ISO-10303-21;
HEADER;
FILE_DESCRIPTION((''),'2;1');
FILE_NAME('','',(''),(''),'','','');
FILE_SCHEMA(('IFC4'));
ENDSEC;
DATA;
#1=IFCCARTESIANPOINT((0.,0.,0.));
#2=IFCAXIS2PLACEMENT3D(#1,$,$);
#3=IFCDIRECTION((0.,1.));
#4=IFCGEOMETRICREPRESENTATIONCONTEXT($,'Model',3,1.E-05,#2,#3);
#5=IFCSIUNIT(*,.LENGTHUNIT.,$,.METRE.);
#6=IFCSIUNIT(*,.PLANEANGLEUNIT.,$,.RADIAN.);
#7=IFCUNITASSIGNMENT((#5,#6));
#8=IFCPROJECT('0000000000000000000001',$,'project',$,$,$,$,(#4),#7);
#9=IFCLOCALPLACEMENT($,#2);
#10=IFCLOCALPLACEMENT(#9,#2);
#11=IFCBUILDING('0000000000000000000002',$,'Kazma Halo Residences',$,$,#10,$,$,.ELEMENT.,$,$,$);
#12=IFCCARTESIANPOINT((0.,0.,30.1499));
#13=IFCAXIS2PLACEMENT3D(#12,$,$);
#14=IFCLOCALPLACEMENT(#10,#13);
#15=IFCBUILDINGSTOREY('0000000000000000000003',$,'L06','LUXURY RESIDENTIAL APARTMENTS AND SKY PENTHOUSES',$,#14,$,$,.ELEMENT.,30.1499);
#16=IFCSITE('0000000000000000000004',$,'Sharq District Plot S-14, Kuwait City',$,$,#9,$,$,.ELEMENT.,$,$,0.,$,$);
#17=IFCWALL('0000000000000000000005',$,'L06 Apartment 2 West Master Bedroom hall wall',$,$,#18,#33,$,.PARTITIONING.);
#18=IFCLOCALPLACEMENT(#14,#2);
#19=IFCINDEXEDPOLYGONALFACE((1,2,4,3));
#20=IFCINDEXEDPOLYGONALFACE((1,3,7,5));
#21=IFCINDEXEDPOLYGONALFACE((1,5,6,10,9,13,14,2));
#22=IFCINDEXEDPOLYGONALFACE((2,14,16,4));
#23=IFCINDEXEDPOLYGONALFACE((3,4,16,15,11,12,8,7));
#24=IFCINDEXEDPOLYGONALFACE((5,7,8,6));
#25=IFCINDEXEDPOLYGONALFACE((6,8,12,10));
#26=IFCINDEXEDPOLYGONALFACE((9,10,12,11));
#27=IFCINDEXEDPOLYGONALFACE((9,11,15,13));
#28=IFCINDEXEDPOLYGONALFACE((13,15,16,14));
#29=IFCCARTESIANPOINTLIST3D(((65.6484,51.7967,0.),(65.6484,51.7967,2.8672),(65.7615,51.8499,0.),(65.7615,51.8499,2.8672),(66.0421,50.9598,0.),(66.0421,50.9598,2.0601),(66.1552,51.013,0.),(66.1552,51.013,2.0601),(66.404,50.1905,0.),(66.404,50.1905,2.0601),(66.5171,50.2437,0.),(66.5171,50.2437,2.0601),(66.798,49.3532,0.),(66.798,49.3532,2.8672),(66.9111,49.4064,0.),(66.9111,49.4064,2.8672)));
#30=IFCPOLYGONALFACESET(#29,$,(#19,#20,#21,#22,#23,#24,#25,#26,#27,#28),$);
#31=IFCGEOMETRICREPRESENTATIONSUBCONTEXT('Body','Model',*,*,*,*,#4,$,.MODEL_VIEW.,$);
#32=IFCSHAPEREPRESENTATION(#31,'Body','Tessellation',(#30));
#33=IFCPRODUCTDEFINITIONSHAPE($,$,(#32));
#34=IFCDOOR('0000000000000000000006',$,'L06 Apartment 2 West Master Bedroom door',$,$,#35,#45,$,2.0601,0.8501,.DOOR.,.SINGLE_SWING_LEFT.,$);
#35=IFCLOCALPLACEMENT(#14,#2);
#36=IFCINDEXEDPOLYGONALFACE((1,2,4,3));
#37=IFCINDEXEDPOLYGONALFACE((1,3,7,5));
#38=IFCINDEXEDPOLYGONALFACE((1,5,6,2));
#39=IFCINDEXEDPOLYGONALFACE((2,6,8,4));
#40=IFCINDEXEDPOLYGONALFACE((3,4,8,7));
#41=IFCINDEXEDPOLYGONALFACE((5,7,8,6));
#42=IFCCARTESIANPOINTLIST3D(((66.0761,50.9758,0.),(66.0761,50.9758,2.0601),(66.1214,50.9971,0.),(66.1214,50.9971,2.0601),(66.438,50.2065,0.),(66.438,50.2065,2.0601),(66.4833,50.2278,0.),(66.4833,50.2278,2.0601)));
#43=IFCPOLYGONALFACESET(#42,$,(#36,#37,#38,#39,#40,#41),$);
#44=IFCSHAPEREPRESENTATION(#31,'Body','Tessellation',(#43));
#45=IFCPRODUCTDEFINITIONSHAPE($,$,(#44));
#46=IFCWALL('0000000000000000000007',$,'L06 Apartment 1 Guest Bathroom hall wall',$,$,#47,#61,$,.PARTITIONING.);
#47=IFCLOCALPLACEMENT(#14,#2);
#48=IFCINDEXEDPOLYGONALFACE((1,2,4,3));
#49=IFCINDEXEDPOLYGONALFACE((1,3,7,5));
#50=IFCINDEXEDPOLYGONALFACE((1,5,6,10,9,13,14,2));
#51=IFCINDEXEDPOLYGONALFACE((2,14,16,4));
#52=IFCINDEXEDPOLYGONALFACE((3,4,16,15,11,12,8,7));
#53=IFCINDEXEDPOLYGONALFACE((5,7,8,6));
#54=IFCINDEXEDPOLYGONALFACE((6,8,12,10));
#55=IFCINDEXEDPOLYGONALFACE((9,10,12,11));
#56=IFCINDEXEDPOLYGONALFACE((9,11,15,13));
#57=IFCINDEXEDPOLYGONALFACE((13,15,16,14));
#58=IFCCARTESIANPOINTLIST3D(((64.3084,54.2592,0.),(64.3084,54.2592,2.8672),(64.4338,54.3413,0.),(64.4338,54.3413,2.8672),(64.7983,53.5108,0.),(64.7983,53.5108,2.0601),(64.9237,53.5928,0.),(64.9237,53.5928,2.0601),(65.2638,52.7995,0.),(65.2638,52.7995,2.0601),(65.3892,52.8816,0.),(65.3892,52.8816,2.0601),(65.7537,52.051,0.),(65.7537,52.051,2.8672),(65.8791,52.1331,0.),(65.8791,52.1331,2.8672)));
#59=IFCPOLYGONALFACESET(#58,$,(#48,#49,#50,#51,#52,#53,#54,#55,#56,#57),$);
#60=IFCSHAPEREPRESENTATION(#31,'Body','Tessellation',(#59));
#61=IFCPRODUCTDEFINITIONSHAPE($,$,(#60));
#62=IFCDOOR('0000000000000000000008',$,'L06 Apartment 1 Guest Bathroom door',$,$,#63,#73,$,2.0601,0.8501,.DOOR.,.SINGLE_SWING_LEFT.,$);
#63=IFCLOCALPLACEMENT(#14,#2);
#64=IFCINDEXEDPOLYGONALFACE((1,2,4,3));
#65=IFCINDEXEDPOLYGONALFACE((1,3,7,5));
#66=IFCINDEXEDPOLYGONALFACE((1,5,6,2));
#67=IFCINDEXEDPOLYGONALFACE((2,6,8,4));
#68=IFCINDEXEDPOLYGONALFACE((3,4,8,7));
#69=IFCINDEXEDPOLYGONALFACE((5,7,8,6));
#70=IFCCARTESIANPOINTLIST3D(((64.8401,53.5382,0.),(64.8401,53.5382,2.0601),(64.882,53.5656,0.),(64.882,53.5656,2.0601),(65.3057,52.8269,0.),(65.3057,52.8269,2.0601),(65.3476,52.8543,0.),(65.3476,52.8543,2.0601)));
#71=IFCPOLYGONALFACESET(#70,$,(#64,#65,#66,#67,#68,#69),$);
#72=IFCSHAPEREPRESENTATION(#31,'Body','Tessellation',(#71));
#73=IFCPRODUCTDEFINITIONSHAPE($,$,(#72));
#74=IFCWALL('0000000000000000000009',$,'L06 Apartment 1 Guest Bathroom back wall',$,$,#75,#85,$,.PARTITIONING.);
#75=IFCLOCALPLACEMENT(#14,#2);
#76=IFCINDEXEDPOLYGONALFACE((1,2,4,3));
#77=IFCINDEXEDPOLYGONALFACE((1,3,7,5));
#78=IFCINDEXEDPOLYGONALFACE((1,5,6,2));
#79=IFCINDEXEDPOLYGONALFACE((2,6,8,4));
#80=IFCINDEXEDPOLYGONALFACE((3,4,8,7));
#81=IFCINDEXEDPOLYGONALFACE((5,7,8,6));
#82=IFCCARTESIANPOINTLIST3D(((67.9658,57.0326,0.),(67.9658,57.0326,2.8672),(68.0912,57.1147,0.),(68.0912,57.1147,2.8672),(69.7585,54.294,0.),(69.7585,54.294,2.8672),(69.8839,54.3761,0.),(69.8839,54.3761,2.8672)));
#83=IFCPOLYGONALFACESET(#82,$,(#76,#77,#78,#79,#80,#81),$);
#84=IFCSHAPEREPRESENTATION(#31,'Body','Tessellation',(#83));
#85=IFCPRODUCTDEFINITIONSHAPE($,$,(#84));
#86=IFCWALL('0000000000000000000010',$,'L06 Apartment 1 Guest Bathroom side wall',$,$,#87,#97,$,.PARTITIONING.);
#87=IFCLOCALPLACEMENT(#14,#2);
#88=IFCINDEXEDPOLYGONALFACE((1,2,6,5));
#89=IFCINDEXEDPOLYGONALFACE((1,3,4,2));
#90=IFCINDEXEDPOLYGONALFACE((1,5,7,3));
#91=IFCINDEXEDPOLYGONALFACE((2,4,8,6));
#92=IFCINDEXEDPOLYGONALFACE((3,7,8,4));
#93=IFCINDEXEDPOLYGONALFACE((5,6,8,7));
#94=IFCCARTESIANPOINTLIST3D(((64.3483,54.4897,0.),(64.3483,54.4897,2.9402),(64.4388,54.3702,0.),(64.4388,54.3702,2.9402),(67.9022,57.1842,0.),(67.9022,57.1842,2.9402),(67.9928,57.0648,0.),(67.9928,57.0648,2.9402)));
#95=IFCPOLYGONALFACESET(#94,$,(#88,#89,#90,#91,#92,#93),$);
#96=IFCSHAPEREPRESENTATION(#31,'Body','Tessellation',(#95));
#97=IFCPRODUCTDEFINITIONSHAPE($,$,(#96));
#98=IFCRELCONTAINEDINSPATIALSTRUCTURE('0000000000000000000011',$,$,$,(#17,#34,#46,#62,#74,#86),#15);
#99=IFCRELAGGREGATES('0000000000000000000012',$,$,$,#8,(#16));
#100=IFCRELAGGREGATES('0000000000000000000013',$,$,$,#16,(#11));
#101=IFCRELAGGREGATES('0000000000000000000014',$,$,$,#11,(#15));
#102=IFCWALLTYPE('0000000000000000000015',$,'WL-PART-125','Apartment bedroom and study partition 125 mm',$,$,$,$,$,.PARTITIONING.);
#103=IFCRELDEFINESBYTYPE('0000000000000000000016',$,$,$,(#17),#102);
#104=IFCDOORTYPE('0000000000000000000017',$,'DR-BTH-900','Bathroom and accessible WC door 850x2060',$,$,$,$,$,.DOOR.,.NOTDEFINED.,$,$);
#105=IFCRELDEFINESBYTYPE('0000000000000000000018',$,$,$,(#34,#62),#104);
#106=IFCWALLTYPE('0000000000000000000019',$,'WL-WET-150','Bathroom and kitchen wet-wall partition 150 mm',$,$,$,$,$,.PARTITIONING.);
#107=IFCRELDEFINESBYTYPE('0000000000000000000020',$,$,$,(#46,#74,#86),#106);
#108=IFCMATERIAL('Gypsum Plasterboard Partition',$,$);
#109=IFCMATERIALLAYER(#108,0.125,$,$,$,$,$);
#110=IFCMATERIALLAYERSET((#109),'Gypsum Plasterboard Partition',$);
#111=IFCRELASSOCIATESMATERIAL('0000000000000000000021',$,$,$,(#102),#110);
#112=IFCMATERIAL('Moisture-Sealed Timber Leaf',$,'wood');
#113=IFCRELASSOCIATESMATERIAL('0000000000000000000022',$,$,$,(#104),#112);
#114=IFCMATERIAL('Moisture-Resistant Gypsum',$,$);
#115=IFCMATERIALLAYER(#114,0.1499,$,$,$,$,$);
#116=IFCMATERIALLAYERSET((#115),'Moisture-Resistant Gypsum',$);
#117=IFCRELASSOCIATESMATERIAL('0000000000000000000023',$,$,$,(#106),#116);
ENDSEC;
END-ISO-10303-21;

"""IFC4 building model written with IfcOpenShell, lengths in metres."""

from ifc_helpers import new_model, si_unit, direction, frame, frame_2d, origin, place, context, subcontext, project, spatial, rectangle, extrude, material, layer, layer_set, type_object, element, fill, save


model = new_model("IFC4")

# Units and contexts
model_context = context("Model", 3, precision=1e-05, world=origin(), true_north=direction((0.0, 1.0)))
body_context = subcontext(model_context, "Body", "Model", "MODEL_VIEW")
ifc_project = project(units=[si_unit("LENGTHUNIT", "METRE"), si_unit("PLANEANGLEUNIT", "RADIAN")], contexts=[model_context])

# Site, building, storey
site_placement = place(None, origin())
site = spatial("IfcSite", under=ifc_project, at=site_placement, Name="Sharq District Plot S-14, Kuwait City", CompositionType="ELEMENT", RefElevation=0.0)
building_placement = place(site_placement, origin())
building = spatial("IfcBuilding", under=site, at=building_placement, Name="Kazma Halo Residences", CompositionType="ELEMENT")
storey_placement = place(building_placement, frame((0.0, 0.0, 30.1499)))
storey = spatial("IfcBuildingStorey", under=building, at=storey_placement, Name="L06", Description="LUXURY RESIDENTIAL APARTMENTS AND SKY PENTHOUSES", CompositionType="ELEMENT", Elevation=30.1499)

# Shared definitions
ifc_material_1 = material(Name="Gypsum Plasterboard Partition")
ifc_layer_1 = layer(ifc_material_1, 0.125)
ifc_layer_set_1 = layer_set([ifc_layer_1], Name="Gypsum Plasterboard Partition")
wall_type_1 = type_object("IfcWallType", Name="WL-PART-125", Description="Apartment bedroom and study partition 125 mm", PredefinedType="PARTITIONING", material=ifc_layer_set_1)
ifc_material_2 = material(Name="Moisture-Sealed Timber Leaf", Category="wood")
door_type = type_object("IfcDoorType", Name="DR-BTH-900", Description="Bathroom and accessible WC door 850x2060", OperationType="NOTDEFINED", PredefinedType="DOOR", material=ifc_material_2)

# Walls, openings, doors
wall_1_placement = place(storey_placement, frame((66.8545, 49.3799, 0.0), z_axis=(0.0, 0.0, 1.0), x_axis=(-0.425714, 0.904858, 0.0)))
wall_1 = element("IfcWall", 1, at=wall_1_placement, inside=storey, type_object=wall_type_1, Name="L06 Apartment 2 West Master Bedroom hall wall", PredefinedType="PARTITIONING", context=body_context, shape_type="SweptSolid", body=[
    extrude(rectangle(XDim=2.7004, YDim=0.125, at=frame_2d((1.3501, 0.0))), origin(), (0.0, 0.0, 1.0), 2.8672),
])
opening_1_placement = place(wall_1_placement, frame((0.9253, 0.0, 0.0)))
opening_1 = element("IfcOpeningElement", 2, at=opening_1_placement, cuts=wall_1, PredefinedType="OPENING", context=body_context, shape_type="SweptSolid", body=[
    extrude(rectangle(XDim=0.8501, YDim=2.0601, at=frame_2d((0.425, 1.03))), frame((0.0, 0.0725, 0.0), z_axis=(0.0, -1.0, 0.0), x_axis=(1.0, 0.0, 0.0)), (0.0, 0.0, 1.0), 0.145),
])
door_1_placement = place(opening_1_placement, origin())
door_1 = element("IfcDoor", 3, at=door_1_placement, inside=storey, type_object=door_type, Name="L06 Apartment 2 West Master Bedroom door", OperationType="SINGLE_SWING_LEFT", OverallHeight=2.0601, OverallWidth=0.8501, PredefinedType="DOOR", context=body_context, shape_type="SweptSolid", body=[
    extrude(rectangle(XDim=0.8501, YDim=2.0601, at=frame_2d((0.425, 1.03))), frame((0.0, 0.0249, 0.0), z_axis=(0.0, -1.0, 0.0), x_axis=(1.0, 0.0, 0.0)), (0.0, 0.0, 1.0), 0.05),
])
fill(opening_1, door_1)
ifc_material_3 = material(Name="Moisture-Resistant Gypsum")
ifc_layer_2 = layer(ifc_material_3, 0.1499)
ifc_layer_set_2 = layer_set([ifc_layer_2], Name="Moisture-Resistant Gypsum")
wall_type_2 = type_object("IfcWallType", Name="WL-WET-150", Description="Bathroom and kitchen wet-wall partition 150 mm", PredefinedType="PARTITIONING", material=ifc_layer_set_2)
wall_2_placement = place(storey_placement, frame((65.8164, 52.092, 0.0), z_axis=(0.0, 0.0, 1.0), x_axis=(-0.547636, 0.836717, 0.0)))
wall_2 = element("IfcWall", 4, at=wall_2_placement, inside=storey, type_object=wall_type_2, Name="L06 Apartment 1 Guest Bathroom hall wall", PredefinedType="PARTITIONING", context=body_context, shape_type="SweptSolid", body=[
    extrude(rectangle(XDim=2.6392, YDim=0.1499, at=frame_2d((1.3196, 0.0))), origin(), (0.0, 0.0, 1.0), 2.8672),
])
opening_2_placement = place(wall_2_placement, frame((0.8945, 0.0, 0.0)))
opening_2 = element("IfcOpeningElement", 5, at=opening_2_placement, cuts=wall_2, PredefinedType="OPENING", context=body_context, shape_type="SweptSolid", body=[
    extrude(rectangle(XDim=0.8501, YDim=2.0601, at=frame_2d((0.425, 1.03))), frame((0.0, 0.085, 0.0), z_axis=(0.0, -1.0, 0.0), x_axis=(1.0, 0.0, 0.0)), (0.0, 0.0, 1.0), 0.1699),
])
door_2_placement = place(opening_2_placement, origin())
door_2 = element("IfcDoor", 6, at=door_2_placement, inside=storey, type_object=door_type, Name="L06 Apartment 1 Guest Bathroom door", OperationType="SINGLE_SWING_LEFT", OverallHeight=2.0601, OverallWidth=0.8501, PredefinedType="DOOR", context=body_context, shape_type="SweptSolid", body=[
    extrude(rectangle(XDim=0.8501, YDim=2.0601, at=frame_2d((0.425, 1.03))), frame((0.0, 0.0249, 0.0), z_axis=(0.0, -1.0, 0.0), x_axis=(1.0, 0.0, 0.0)), (0.0, 0.0, 1.0), 0.05),
])
fill(opening_2, door_2)

# Walls
wall_3_placement = place(storey_placement, frame((69.8213, 54.335, 0.0), z_axis=(0.0, 0.0, 1.0), x_axis=(-0.547709, 0.836669, 0.0)))
element("IfcWall", 7, at=wall_3_placement, inside=storey, type_object=wall_type_2, Name="L06 Apartment 1 Guest Bathroom back wall", PredefinedType="PARTITIONING", context=body_context, shape_type="SweptSolid", body=[
    extrude(rectangle(XDim=3.2732, YDim=0.1499, at=frame_2d((1.6367, 0.0))), origin(), (0.0, 0.0, 1.0), 2.8672),
])
wall_4_placement = place(storey_placement, frame((64.3936, 54.4299, 0.0), z_axis=(0.0, 0.0, 1.0), x_axis=(0.796856, 0.60417, 0.0)))
element("IfcWall", 8, at=wall_4_placement, inside=storey, type_object=wall_type_2, Name="L06 Apartment 1 Guest Bathroom side wall", PredefinedType="PARTITIONING", context=body_context, shape_type="SweptSolid", body=[
    extrude(rectangle(XDim=4.46, YDim=0.1499, at=frame_2d((2.23, 0.0))), origin(), (0.0, 0.0, 1.0), 2.9402),
])

save(model, "model.ifc")
